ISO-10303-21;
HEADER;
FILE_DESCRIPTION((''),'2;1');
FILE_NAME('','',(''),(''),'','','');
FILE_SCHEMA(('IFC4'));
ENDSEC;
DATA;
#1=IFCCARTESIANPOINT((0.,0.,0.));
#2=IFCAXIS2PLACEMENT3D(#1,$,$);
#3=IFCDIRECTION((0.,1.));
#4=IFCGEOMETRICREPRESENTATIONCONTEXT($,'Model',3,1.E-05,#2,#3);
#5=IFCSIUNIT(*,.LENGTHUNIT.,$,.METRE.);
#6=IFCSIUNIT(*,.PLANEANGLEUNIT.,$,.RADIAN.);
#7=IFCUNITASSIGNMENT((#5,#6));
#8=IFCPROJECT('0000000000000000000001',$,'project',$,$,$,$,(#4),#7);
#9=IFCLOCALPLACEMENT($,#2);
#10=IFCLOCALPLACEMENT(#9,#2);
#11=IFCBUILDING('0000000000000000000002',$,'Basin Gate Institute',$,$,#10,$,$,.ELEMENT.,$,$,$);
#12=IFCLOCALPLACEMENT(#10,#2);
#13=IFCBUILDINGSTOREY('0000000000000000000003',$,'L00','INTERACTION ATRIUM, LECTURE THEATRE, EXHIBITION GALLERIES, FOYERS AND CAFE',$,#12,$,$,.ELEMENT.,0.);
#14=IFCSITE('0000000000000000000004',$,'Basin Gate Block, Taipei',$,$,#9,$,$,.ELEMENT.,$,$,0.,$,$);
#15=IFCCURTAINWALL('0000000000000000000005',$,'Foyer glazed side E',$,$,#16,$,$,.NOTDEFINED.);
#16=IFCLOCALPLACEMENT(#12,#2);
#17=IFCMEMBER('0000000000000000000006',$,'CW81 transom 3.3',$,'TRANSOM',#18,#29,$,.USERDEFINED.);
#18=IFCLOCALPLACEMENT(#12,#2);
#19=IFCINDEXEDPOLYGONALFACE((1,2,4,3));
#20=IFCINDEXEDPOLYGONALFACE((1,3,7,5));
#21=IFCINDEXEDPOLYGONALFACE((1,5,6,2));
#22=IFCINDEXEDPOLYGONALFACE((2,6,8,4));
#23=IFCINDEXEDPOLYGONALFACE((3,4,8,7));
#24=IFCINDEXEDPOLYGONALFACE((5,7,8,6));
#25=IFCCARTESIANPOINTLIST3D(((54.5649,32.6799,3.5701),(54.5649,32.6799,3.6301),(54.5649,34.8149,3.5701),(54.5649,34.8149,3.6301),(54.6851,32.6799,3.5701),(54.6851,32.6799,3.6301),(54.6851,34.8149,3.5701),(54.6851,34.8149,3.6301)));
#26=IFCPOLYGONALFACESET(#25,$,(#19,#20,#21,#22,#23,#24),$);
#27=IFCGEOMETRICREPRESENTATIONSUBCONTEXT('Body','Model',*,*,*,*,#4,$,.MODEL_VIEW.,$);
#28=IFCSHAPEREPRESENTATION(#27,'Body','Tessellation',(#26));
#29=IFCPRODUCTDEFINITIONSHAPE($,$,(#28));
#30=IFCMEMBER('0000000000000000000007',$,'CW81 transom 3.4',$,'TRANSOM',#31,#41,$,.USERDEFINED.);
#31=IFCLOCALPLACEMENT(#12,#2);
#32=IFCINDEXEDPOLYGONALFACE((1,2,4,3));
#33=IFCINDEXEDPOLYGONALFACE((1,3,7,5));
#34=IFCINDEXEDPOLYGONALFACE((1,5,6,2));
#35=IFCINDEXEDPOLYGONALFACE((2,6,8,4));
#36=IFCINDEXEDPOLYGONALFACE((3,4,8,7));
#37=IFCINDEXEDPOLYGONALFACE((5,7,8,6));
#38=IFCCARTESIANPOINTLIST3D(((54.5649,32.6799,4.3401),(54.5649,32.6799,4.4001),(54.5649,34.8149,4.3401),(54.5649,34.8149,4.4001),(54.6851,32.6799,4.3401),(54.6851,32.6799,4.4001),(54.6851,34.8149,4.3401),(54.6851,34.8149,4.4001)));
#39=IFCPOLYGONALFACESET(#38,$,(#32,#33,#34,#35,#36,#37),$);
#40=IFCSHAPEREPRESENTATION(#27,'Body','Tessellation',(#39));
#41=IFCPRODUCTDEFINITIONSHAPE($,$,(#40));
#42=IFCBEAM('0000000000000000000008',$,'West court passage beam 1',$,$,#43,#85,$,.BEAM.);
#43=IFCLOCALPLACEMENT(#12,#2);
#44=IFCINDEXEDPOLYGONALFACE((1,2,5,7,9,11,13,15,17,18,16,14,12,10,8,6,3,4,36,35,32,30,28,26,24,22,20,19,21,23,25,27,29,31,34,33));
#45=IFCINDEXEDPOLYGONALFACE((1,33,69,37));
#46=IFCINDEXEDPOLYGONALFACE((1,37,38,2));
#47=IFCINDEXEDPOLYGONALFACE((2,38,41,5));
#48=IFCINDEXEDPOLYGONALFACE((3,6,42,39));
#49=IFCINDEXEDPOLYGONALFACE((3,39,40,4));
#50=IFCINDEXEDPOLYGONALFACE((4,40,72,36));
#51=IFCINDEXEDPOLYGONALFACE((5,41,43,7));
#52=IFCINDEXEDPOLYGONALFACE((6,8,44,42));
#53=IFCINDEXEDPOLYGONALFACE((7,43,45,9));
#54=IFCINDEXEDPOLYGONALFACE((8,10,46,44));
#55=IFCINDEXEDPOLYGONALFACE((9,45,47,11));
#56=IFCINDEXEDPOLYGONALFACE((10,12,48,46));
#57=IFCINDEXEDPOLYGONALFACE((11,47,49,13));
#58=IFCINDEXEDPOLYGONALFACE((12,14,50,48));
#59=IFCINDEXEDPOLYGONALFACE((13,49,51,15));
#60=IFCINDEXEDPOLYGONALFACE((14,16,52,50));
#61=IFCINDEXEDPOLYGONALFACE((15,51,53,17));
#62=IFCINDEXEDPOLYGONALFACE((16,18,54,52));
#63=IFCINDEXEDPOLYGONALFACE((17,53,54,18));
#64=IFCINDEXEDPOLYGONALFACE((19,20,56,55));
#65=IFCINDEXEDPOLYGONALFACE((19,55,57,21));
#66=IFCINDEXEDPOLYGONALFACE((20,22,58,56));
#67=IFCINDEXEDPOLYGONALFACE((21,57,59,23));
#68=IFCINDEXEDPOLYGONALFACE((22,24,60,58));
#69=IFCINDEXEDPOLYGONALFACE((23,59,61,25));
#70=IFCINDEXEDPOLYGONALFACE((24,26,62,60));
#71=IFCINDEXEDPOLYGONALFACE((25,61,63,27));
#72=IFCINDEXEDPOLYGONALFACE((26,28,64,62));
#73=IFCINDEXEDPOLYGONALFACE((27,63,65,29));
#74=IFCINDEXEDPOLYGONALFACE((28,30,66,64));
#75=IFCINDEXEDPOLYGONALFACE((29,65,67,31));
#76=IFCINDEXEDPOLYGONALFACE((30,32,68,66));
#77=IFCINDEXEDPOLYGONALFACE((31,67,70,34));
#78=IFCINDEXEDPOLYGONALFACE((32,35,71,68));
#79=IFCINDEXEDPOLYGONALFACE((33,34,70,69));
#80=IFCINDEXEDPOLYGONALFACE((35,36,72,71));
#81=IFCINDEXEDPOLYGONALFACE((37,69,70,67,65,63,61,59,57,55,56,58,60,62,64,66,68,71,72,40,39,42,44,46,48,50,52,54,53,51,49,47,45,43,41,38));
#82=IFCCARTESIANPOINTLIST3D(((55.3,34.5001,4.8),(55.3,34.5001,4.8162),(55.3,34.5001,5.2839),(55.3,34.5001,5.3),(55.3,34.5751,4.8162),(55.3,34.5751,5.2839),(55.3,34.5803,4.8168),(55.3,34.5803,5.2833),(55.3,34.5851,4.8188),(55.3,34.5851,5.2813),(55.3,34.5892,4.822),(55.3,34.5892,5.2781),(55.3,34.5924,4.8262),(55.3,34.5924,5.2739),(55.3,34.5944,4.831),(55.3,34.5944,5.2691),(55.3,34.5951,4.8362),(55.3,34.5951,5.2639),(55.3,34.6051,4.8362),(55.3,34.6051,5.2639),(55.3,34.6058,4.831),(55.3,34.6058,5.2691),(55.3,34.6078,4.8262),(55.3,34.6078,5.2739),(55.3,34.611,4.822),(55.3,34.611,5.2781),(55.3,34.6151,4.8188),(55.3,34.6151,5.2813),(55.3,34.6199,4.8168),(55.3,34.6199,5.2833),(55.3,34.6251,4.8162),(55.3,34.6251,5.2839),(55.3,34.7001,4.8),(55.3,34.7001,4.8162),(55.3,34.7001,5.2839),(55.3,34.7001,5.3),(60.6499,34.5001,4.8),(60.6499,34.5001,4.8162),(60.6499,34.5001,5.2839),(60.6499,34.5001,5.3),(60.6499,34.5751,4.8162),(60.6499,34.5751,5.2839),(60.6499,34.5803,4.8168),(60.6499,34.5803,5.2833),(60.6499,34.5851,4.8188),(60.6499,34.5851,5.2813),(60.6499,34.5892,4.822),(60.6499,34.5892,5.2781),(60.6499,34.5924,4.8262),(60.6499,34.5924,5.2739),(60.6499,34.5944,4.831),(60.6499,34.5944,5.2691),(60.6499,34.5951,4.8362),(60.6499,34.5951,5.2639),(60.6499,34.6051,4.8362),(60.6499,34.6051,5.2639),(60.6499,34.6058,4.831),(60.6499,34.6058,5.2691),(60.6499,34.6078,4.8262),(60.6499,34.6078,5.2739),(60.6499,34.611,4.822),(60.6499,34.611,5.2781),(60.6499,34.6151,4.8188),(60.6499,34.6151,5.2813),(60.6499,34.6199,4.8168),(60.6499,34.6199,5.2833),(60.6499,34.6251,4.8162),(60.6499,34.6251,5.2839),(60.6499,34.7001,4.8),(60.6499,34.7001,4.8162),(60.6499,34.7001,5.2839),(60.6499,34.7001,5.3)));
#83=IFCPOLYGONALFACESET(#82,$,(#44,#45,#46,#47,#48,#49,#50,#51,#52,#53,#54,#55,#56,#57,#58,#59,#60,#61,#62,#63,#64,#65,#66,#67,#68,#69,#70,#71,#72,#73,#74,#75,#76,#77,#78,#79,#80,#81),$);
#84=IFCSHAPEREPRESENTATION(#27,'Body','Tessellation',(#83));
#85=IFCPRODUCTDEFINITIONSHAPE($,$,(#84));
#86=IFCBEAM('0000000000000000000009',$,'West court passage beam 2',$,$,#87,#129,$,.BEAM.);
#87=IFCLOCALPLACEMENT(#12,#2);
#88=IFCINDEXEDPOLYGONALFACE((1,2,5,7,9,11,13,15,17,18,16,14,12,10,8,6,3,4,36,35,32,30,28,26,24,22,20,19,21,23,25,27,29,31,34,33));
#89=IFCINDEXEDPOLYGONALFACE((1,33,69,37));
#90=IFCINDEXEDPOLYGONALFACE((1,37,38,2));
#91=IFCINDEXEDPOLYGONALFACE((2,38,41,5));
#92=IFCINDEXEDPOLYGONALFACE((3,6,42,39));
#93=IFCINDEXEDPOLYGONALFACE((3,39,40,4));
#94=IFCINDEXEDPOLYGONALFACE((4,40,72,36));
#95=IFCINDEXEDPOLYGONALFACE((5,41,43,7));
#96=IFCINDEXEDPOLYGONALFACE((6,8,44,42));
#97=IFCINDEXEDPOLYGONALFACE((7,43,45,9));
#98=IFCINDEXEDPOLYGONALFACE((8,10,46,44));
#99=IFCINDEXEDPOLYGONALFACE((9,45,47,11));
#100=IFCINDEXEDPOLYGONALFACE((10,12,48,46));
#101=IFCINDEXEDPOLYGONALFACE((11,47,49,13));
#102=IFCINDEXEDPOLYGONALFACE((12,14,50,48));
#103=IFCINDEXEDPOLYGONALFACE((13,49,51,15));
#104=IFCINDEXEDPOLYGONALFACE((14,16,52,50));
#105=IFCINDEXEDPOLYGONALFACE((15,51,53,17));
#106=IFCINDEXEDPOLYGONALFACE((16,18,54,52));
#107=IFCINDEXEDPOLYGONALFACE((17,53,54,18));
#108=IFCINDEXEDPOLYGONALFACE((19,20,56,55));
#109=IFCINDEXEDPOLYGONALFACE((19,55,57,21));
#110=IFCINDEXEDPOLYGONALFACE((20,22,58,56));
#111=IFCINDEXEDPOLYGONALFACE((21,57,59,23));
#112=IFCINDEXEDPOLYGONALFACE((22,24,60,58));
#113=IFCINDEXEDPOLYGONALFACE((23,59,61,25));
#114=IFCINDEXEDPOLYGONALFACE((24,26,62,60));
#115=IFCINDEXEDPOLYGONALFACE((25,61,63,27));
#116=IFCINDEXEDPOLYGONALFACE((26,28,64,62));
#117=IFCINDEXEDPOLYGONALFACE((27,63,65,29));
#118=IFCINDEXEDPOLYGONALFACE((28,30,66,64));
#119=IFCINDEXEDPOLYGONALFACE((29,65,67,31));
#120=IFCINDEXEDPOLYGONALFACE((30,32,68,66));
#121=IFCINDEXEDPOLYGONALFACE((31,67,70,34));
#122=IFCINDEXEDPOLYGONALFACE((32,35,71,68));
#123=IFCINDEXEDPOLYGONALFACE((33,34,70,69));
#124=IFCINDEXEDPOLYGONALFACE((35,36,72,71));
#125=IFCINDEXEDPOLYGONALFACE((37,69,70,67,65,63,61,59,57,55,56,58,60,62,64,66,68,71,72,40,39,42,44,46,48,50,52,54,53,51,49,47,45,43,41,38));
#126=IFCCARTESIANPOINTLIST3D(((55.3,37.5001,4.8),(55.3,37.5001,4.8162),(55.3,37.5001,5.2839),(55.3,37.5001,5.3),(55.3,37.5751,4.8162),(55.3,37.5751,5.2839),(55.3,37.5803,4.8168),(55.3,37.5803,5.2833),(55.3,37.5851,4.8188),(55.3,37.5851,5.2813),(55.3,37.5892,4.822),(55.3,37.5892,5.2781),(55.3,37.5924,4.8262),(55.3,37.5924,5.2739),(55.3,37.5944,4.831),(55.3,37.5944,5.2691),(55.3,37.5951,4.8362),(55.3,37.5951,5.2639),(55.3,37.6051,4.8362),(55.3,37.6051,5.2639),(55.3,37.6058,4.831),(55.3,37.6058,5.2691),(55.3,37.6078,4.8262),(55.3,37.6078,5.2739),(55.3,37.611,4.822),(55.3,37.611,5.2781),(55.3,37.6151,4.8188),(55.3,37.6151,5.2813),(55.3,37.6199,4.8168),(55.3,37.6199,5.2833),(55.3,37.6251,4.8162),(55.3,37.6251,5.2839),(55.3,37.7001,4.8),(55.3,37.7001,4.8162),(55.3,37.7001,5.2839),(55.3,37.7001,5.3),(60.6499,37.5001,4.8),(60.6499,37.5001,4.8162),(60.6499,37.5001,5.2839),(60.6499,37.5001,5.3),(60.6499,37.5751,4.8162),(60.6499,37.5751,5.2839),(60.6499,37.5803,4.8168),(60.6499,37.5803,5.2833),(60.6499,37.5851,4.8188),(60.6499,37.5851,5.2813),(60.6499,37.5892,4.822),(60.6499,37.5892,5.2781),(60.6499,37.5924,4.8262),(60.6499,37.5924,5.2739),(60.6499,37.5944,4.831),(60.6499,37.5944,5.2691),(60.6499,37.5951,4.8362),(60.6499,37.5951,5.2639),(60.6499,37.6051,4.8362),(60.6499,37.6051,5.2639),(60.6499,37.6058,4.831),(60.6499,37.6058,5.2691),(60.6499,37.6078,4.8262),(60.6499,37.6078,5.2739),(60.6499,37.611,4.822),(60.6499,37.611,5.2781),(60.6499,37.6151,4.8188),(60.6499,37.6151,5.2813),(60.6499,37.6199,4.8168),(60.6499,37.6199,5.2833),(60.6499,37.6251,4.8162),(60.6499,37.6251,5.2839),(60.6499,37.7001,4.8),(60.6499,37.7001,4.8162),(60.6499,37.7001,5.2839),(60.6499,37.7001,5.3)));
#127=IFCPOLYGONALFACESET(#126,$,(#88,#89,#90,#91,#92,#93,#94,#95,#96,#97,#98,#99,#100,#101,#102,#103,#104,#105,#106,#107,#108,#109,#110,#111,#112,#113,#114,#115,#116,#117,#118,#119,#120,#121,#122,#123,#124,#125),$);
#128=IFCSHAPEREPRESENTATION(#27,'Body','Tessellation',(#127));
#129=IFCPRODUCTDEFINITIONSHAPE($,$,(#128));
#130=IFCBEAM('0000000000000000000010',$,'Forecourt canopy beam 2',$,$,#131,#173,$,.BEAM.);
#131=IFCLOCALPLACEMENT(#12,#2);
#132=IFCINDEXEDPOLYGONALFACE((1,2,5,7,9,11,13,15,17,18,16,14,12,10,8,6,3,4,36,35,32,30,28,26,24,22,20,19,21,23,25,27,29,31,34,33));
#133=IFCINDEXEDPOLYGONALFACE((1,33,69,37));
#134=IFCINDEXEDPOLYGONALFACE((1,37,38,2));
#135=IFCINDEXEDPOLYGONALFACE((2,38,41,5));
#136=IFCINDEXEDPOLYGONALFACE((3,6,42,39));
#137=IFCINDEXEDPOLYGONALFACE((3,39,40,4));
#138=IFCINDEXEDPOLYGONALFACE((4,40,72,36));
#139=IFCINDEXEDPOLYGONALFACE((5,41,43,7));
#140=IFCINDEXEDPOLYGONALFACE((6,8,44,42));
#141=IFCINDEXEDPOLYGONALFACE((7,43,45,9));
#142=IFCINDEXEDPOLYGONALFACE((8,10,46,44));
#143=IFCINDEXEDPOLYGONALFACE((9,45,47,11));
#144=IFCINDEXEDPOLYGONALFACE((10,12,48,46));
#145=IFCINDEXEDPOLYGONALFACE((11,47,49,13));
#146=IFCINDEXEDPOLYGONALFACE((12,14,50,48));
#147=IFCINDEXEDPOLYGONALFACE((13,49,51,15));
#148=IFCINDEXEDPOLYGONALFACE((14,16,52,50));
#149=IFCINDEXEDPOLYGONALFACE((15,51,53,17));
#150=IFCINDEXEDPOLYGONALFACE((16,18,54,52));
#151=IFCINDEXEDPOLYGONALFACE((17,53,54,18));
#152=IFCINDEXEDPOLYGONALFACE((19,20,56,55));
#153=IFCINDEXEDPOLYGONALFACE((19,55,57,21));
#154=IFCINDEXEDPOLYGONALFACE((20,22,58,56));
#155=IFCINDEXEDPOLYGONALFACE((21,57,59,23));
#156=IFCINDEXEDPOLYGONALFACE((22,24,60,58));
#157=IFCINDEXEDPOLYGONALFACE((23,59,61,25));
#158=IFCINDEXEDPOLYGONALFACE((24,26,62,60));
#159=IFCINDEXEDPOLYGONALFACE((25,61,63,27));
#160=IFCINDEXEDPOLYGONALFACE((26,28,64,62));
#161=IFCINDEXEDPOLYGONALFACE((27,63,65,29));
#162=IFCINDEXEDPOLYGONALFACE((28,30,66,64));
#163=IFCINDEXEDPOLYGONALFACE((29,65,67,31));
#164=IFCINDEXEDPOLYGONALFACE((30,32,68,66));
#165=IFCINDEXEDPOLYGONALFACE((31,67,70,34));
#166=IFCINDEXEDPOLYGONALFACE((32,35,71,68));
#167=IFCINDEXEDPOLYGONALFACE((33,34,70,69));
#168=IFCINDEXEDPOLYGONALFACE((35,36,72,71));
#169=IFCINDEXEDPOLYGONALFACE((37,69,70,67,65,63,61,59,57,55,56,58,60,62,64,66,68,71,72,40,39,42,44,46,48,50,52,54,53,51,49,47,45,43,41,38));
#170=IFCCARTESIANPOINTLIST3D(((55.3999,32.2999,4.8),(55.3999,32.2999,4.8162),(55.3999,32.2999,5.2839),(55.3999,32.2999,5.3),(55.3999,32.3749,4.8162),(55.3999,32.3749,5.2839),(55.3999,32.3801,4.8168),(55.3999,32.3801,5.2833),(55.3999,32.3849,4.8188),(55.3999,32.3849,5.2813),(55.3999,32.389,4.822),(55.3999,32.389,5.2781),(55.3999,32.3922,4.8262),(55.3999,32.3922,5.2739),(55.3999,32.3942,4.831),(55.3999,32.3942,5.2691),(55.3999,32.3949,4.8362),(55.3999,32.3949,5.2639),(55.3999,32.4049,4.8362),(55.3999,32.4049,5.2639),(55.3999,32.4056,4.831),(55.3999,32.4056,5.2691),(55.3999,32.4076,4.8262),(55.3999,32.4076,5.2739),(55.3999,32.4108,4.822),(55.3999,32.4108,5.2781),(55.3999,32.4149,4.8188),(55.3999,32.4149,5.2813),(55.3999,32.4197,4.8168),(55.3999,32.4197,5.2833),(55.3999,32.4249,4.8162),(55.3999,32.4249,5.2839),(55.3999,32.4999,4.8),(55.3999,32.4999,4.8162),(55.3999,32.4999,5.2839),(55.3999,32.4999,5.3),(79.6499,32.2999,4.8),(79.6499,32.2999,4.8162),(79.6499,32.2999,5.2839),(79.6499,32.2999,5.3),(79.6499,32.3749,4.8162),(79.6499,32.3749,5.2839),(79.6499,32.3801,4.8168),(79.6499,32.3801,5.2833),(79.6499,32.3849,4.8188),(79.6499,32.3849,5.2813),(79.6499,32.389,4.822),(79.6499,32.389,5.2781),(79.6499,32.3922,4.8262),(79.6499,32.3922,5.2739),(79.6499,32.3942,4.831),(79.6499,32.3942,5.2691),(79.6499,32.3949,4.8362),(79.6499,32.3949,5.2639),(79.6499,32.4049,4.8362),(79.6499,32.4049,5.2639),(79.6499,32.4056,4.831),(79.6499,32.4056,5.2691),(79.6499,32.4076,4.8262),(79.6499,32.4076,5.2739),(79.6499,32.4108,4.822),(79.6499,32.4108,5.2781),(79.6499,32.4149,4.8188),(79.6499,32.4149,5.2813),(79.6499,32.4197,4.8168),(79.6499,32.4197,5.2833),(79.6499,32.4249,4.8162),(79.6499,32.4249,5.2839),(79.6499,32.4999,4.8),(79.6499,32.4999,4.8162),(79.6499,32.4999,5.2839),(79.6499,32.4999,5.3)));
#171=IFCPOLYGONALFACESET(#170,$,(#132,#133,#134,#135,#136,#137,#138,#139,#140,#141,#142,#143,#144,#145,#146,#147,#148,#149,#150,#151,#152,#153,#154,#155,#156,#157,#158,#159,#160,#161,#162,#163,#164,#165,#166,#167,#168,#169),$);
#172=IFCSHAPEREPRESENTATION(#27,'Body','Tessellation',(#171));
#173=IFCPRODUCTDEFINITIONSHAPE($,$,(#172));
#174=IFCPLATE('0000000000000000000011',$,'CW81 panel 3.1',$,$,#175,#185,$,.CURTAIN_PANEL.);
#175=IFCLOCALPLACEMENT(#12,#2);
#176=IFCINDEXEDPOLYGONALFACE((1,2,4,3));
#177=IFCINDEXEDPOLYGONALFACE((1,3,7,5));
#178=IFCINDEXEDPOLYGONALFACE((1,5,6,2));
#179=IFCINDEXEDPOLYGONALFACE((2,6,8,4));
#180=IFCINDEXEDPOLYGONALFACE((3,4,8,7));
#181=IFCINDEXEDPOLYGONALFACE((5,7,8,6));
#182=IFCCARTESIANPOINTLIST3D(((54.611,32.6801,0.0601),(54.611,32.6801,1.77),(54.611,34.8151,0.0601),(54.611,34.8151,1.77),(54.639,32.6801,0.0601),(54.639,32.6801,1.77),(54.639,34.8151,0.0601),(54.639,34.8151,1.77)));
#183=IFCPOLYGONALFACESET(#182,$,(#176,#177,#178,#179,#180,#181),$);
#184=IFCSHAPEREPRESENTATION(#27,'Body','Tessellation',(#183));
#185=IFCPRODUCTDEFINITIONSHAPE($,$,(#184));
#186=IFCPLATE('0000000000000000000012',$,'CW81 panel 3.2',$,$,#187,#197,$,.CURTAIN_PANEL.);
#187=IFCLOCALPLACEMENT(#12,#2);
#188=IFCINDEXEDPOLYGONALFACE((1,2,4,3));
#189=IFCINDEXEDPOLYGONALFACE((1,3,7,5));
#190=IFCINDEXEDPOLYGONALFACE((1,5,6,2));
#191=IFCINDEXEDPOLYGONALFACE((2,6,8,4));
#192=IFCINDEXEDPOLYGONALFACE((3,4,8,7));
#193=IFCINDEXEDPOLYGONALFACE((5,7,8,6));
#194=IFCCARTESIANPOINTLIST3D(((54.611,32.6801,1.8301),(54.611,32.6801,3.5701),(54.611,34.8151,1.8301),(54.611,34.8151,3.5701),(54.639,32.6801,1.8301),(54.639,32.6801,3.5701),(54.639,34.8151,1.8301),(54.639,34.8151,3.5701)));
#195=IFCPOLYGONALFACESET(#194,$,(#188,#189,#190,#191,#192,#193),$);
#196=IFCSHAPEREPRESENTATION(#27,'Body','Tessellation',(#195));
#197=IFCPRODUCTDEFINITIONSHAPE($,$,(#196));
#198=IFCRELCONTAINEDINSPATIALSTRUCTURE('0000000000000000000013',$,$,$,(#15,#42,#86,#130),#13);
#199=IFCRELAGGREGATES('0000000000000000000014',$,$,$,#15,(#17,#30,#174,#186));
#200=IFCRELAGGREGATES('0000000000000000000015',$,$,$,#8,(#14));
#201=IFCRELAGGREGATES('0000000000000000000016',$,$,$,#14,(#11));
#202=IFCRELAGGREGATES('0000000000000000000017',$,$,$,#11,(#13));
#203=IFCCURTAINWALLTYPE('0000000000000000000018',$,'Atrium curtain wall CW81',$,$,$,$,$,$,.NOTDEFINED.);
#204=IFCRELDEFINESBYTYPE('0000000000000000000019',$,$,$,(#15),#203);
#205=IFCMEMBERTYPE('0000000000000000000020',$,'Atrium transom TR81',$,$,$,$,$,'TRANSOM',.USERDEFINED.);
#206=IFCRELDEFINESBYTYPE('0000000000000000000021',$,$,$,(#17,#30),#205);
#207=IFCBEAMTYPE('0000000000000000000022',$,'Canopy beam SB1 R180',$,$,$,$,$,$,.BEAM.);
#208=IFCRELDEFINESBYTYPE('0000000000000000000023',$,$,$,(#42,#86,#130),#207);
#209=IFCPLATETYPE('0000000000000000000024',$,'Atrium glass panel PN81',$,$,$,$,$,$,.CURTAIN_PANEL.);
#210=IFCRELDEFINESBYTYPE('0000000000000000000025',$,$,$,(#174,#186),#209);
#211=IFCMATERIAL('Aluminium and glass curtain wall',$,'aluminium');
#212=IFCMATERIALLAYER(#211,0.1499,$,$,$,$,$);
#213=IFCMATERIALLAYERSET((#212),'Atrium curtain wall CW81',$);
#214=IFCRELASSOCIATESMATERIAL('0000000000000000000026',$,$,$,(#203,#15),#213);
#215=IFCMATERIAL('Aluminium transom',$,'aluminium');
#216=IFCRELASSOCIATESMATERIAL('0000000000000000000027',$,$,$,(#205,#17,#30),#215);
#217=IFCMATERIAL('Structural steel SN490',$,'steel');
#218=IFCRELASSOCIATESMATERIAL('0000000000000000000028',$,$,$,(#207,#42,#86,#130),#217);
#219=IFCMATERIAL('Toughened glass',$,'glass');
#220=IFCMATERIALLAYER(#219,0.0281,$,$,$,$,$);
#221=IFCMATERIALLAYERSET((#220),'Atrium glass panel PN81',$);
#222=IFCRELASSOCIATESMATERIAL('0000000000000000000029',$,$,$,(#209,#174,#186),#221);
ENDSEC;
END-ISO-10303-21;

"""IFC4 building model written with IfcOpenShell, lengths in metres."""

from ifc_helpers import new_model, si_unit, direction, frame, origin, origin_2d, place, context, subcontext, project, spatial, rectangle, i_section, extrude, material, layer, layer_set, material_profile, profile_set, type_object, element, aggregate, save


model = new_model("IFC4")

# Units and contexts
model_context = context("Model", 3, precision=1e-05, world=origin(), true_north=direction((0.0, 1.0)))
body_context = subcontext(model_context, "Body", "Model", "MODEL_VIEW")
ifc_project = project(units=[si_unit("LENGTHUNIT", "METRE"), si_unit("PLANEANGLEUNIT", "RADIAN")], contexts=[model_context])

# Site, building, storey
site_placement = place(None, origin())
site = spatial("IfcSite", under=ifc_project, at=site_placement, Name="Basin Gate Block, Taipei", CompositionType="ELEMENT", RefElevation=0.0)
building_placement = place(site_placement, origin())
building = spatial("IfcBuilding", under=site, at=building_placement, Name="Basin Gate Institute", CompositionType="ELEMENT")
storey_placement = place(building_placement, origin())
storey = spatial("IfcBuildingStorey", under=building, at=storey_placement, Name="L00", Description="INTERACTION ATRIUM, LECTURE THEATRE, EXHIBITION GALLERIES, FOYERS AND CAFE", CompositionType="ELEMENT", Elevation=0.0)

# Curtain wall, members
ifc_material_1 = material(Name="Aluminium and glass curtain wall", Category="aluminium")
ifc_layer_1 = layer(ifc_material_1, 0.1499)
ifc_layer_set_1 = layer_set([ifc_layer_1], Name="Atrium curtain wall CW81")
curtain_wall_type = type_object("IfcCurtainWallType", Name="Atrium curtain wall CW81", PredefinedType="NOTDEFINED", material=ifc_layer_set_1)
curtain_wall_placement = place(storey_placement, origin())
curtain_wall = element("IfcCurtainWall", 1, at=curtain_wall_placement, inside=storey, type_object=curtain_wall_type, material=ifc_layer_set_1, Name="Foyer glazed side E", PredefinedType="NOTDEFINED")
ifc_material_2 = material(Name="Aluminium transom", Category="aluminium")
ifc_material_profile_1 = material_profile(ifc_material_2, rectangle(XDim=0.1201, YDim=0.0601, at=origin_2d()), Name="Atrium transom TR81 120 x 60")
ifc_profile_set_1 = profile_set([ifc_material_profile_1], Name="Aluminium transom")
member_type_1 = type_object("IfcMemberType", Name="Atrium transom TR81", ElementType="TRANSOM", PredefinedType="USERDEFINED", material=ifc_profile_set_1)
member_1_placement = place(storey_placement, frame((54.625, 32.6799, 3.6001), z_axis=(0.0, 1.0, 0.0), x_axis=(-1.0, 0.0, 0.0)))
member_1 = element("IfcMember", 2, at=member_1_placement, type_object=member_type_1, material=ifc_profile_set_1, Name="CW81 transom 3.3", ObjectType="TRANSOM", PredefinedType="USERDEFINED", context=body_context, shape_type="SweptSolid", body=[
    extrude(rectangle(XDim=0.1201, YDim=0.0601, at=origin_2d()), origin(), (0.0, 0.0, 1.0), 2.135),
])
member_2_placement = place(storey_placement, frame((54.625, 32.6799, 4.3701), z_axis=(0.0, 1.0, 0.0), x_axis=(-1.0, 0.0, 0.0)))
member_2 = element("IfcMember", 3, at=member_2_placement, type_object=member_type_1, material=ifc_profile_set_1, Name="CW81 transom 3.4", ObjectType="TRANSOM", PredefinedType="USERDEFINED", context=body_context, shape_type="SweptSolid", body=[
    extrude(rectangle(XDim=0.1201, YDim=0.0601, at=origin_2d()), origin(), (0.0, 0.0, 1.0), 2.135),
])

# Beams
ifc_material_3 = material(Name="Structural steel SN490", Category="steel")
ifc_material_profile_2 = material_profile(ifc_material_3, i_section(OverallWidth=0.2, OverallDepth=0.5, WebThickness=0.01, FlangeThickness=0.0161, FilletRadius=0.02, at=origin_2d()), Name="H500x200")
ifc_profile_set_2 = profile_set([ifc_material_profile_2], Name="Structural steel SN490")
beam_type = type_object("IfcBeamType", Name="Canopy beam SB1 R180", PredefinedType="BEAM", material=ifc_profile_set_2)
for number, where, z_axis, x_axis, name in (
    (4, (55.3, 34.6001, 5.05), (1.0, 0.0, 0.0), (0.0, 1.0, 0.0), "West court passage beam 1"),
    (5, (55.3, 37.6001, 5.05), (1.0, 0.0, 0.0), (0.0, 1.0, 0.0), "West court passage beam 2"),
):
    element("IfcBeam", number, at=place(storey_placement, frame(where, z_axis=z_axis, x_axis=x_axis)), inside=storey, type_object=beam_type, material=ifc_profile_set_2, Name=name, PredefinedType="BEAM", context=body_context, shape_type="SweptSolid", body=[
        extrude(i_section(OverallWidth=0.2, OverallDepth=0.5, WebThickness=0.01, FlangeThickness=0.0161, FilletRadius=0.02, at=origin_2d()), origin(), (0.0, 0.0, 1.0), 5.3499),
    ])
beam_placement = place(storey_placement, frame((55.3999, 32.3999, 5.05), z_axis=(1.0, 0.0, 0.0), x_axis=(0.0, 1.0, 0.0)))
element("IfcBeam", 6, at=beam_placement, inside=storey, type_object=beam_type, material=ifc_profile_set_2, Name="Forecourt canopy beam 2", PredefinedType="BEAM", context=body_context, shape_type="SweptSolid", body=[
    extrude(i_section(OverallWidth=0.2, OverallDepth=0.5, WebThickness=0.01, FlangeThickness=0.0161, FilletRadius=0.02, at=origin_2d()), origin(), (0.0, 0.0, 1.0), 24.25),
])

# Plates
ifc_material_4 = material(Name="Toughened glass", Category="glass")
ifc_layer_2 = layer(ifc_material_4, 0.0281)
ifc_layer_set_2 = layer_set([ifc_layer_2], Name="Atrium glass panel PN81")
plate_type_1 = type_object("IfcPlateType", Name="Atrium glass panel PN81", PredefinedType="CURTAIN_PANEL", material=ifc_layer_set_2)
plate_1_placement = place(storey_placement, frame((54.625, 33.7476, 0.0601), z_axis=(0.0, 0.0, 1.0), x_axis=(0.0, 1.0, 0.0)))
plate_1 = element("IfcPlate", 7, at=plate_1_placement, type_object=plate_type_1, material=ifc_layer_set_2, Name="CW81 panel 3.1", PredefinedType="CURTAIN_PANEL", context=body_context, shape_type="SweptSolid", body=[
    extrude(rectangle(XDim=2.135, YDim=0.0281, at=origin_2d()), origin(), (0.0, 0.0, 1.0), 1.71),
])
plate_2_placement = place(storey_placement, frame((54.625, 33.7476, 1.8301), z_axis=(0.0, 0.0, 1.0), x_axis=(0.0, 1.0, 0.0)))
plate_2 = element("IfcPlate", 8, at=plate_2_placement, type_object=plate_type_1, material=ifc_layer_set_2, Name="CW81 panel 3.2", PredefinedType="CURTAIN_PANEL", context=body_context, shape_type="SweptSolid", body=[
    extrude(rectangle(XDim=2.135, YDim=0.0281, at=origin_2d()), origin(), (0.0, 0.0, 1.0), 1.74),
])
aggregate(curtain_wall, [member_1, member_2, plate_1, plate_2])

save(model, "model.ifc")
